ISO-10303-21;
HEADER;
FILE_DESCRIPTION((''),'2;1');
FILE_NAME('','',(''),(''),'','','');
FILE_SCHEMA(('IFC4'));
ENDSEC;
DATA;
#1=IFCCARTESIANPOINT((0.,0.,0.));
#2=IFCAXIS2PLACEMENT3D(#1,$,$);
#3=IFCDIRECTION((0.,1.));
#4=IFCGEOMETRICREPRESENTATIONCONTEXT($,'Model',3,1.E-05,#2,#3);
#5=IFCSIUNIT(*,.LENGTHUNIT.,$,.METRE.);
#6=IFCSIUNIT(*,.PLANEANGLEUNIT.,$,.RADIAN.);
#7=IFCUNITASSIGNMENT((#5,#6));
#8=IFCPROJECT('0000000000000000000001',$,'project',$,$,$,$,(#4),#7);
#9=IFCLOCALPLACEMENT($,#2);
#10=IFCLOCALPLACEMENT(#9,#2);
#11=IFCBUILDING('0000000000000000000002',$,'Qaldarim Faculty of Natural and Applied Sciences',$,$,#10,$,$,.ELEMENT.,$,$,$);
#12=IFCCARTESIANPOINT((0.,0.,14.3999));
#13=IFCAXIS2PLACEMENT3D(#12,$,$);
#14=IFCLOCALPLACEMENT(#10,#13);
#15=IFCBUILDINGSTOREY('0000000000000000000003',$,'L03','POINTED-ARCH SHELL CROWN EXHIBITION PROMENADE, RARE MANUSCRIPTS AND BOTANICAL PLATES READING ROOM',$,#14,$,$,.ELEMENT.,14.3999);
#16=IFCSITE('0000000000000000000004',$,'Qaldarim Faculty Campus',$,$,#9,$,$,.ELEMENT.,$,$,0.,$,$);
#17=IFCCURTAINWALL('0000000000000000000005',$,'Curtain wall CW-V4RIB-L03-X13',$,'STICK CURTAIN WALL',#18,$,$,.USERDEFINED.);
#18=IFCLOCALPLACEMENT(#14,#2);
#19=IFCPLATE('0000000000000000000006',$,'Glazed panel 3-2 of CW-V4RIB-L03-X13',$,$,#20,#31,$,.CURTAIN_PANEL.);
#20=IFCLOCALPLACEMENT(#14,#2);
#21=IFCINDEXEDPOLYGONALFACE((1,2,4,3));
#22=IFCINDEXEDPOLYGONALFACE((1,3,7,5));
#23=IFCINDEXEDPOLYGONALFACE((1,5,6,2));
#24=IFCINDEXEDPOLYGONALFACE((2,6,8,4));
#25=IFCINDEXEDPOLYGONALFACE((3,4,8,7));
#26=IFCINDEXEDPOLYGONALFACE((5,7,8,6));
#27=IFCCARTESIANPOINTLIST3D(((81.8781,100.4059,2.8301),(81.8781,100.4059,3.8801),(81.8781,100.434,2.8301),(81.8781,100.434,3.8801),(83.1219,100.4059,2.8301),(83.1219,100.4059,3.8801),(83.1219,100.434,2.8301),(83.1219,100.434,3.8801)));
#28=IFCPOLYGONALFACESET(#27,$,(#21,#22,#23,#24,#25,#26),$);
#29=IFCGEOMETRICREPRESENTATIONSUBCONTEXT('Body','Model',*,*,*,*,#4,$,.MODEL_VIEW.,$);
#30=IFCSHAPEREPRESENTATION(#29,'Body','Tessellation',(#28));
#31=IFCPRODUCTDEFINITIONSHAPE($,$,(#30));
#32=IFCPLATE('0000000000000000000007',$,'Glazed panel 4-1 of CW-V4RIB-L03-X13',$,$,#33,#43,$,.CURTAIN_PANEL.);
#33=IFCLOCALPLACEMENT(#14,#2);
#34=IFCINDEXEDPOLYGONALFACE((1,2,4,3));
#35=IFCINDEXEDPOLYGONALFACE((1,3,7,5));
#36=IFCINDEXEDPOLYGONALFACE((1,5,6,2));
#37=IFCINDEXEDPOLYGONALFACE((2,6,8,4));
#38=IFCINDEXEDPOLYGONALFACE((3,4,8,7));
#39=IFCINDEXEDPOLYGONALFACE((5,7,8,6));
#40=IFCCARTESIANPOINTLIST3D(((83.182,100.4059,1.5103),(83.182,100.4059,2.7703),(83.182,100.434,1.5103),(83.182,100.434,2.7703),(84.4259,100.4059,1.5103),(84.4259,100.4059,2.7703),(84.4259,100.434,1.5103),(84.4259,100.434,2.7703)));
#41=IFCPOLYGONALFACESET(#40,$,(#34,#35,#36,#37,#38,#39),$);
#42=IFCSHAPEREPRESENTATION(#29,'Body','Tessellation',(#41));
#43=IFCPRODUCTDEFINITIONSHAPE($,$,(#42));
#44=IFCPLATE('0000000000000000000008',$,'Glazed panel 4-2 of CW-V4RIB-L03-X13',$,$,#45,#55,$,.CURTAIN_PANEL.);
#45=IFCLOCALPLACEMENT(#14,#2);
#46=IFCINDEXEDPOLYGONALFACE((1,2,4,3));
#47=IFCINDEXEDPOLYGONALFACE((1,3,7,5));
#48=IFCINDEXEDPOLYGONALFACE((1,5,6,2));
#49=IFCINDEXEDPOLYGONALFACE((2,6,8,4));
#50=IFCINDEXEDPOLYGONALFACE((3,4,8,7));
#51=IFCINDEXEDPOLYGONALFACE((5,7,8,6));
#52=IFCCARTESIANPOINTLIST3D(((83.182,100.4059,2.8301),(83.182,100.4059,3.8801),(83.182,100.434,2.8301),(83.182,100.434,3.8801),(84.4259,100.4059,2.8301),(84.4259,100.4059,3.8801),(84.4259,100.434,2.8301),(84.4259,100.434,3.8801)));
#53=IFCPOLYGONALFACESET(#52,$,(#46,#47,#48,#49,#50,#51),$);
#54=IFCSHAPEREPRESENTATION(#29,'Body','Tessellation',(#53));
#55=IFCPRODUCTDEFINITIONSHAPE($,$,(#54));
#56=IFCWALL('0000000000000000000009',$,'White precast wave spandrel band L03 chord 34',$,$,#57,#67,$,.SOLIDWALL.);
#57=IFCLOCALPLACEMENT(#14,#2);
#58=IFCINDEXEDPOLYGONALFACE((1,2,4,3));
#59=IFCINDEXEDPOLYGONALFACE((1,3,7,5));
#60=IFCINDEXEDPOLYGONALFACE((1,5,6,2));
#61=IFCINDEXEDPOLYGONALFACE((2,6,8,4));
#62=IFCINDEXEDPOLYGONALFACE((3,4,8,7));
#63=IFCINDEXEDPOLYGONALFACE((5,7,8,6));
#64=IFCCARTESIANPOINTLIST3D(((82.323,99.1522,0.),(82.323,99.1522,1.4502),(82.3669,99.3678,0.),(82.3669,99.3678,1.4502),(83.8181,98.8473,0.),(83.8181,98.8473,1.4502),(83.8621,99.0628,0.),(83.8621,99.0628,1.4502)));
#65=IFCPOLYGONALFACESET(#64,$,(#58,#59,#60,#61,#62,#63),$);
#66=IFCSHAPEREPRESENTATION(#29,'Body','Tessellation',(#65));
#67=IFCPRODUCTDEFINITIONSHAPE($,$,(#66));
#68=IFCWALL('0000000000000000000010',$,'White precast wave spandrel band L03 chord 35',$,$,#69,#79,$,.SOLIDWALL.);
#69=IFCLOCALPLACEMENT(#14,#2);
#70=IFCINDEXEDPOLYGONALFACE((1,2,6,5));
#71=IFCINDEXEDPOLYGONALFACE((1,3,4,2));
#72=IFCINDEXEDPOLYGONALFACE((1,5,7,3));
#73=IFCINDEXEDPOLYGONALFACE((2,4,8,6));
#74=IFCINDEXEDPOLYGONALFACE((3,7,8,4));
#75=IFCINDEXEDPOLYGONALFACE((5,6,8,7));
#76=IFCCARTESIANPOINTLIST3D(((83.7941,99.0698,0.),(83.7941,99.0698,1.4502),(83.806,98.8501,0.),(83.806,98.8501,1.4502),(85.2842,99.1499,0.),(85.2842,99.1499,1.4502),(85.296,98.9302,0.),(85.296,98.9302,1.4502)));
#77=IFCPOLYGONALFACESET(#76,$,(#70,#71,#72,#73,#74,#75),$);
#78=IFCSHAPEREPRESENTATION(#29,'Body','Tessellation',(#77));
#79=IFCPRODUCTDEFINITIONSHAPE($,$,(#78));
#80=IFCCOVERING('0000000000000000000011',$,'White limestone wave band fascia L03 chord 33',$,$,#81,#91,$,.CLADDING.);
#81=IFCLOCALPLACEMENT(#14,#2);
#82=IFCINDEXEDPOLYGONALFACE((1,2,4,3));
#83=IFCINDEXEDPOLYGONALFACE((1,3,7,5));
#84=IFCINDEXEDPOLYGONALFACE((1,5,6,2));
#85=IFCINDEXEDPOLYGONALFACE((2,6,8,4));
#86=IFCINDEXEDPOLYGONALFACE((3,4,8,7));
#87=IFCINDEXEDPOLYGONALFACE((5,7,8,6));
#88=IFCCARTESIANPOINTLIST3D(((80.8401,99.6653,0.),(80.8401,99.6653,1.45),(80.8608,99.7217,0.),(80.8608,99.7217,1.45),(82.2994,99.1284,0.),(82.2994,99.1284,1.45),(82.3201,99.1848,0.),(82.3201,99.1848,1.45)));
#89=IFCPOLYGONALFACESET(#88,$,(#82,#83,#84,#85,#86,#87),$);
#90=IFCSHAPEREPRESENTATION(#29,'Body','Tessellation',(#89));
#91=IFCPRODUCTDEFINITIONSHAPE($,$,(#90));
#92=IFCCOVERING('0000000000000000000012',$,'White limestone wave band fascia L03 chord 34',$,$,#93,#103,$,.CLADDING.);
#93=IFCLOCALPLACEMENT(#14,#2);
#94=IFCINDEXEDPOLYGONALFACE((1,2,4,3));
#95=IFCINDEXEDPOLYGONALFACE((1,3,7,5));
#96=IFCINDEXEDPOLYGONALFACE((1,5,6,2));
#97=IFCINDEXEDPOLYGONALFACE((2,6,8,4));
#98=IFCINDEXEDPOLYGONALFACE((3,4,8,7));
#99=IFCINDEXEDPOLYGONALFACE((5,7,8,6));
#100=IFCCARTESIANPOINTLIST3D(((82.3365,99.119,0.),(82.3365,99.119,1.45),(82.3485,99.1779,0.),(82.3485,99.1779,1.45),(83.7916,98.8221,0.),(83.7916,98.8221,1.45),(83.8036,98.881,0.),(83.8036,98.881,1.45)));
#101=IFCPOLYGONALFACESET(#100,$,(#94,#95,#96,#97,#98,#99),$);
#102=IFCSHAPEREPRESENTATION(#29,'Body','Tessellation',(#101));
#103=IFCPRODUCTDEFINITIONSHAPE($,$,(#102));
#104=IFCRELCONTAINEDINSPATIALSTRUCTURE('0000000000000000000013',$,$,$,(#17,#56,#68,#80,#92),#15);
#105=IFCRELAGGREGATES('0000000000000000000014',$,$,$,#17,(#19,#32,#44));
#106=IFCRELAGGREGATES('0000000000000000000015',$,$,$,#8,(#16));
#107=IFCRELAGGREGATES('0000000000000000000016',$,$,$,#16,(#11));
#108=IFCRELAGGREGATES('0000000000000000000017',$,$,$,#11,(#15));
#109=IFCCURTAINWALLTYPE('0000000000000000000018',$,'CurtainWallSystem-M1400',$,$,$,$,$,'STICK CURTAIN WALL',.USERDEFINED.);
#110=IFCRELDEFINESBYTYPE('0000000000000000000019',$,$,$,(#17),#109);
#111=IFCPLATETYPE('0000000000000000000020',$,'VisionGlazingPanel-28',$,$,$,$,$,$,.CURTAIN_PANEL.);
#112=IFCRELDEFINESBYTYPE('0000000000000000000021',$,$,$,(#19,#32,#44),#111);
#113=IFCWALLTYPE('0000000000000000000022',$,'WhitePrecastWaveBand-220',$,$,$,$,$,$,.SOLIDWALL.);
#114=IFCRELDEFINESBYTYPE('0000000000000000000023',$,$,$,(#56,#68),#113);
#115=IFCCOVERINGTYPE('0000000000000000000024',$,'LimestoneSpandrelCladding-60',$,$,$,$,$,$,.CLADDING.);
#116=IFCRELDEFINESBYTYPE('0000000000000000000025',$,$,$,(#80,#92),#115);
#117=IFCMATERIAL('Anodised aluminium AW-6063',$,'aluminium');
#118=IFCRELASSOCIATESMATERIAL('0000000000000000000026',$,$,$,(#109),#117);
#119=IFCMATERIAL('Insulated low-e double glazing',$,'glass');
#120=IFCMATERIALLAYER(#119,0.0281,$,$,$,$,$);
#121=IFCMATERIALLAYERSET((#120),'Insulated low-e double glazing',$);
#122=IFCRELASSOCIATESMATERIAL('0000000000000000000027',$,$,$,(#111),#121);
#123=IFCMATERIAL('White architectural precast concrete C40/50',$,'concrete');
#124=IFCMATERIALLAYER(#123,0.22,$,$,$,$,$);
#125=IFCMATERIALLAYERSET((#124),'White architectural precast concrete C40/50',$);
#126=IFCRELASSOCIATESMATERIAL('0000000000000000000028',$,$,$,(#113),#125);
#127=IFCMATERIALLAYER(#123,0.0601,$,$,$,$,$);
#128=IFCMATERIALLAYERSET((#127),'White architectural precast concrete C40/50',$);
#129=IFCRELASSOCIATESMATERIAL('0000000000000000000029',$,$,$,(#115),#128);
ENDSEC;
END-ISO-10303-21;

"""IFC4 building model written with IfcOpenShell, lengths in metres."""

from ifc_helpers import new_model, si_unit, direction, frame, frame_2d, origin, origin_2d, place, context, subcontext, project, spatial, rectangle, extrude, material, layer, layer_set, type_object, element, aggregate, save


model = new_model("IFC4")

# Units and contexts
model_context = context("Model", 3, precision=1e-05, world=origin(), true_north=direction((0.0, 1.0)))
body_context = subcontext(model_context, "Body", "Model", "MODEL_VIEW")
ifc_project = project(units=[si_unit("LENGTHUNIT", "METRE"), si_unit("PLANEANGLEUNIT", "RADIAN")], contexts=[model_context])

# Site, building, storey
site_placement = place(None, origin())
site = spatial("IfcSite", under=ifc_project, at=site_placement, Name="Qaldarim Faculty Campus", CompositionType="ELEMENT", RefElevation=0.0)
building_placement = place(site_placement, origin())
building = spatial("IfcBuilding", under=site, at=building_placement, Name="Qaldarim Faculty of Natural and Applied Sciences", CompositionType="ELEMENT")
storey_placement = place(building_placement, frame((0.0, 0.0, 14.3999)))
storey = spatial("IfcBuildingStorey", under=building, at=storey_placement, Name="L03", Description="POINTED-ARCH SHELL CROWN EXHIBITION PROMENADE, RARE MANUSCRIPTS AND BOTANICAL PLATES READING ROOM", CompositionType="ELEMENT", Elevation=14.3999)

# Curtain wall, plates
ifc_material_1 = material(Name="Anodised aluminium AW-6063", Category="aluminium")
curtain_wall_type = type_object("IfcCurtainWallType", Name="CurtainWallSystem-M1400", ElementType="STICK CURTAIN WALL", PredefinedType="USERDEFINED", material=ifc_material_1)
curtain_wall_placement = place(storey_placement, origin())
curtain_wall = element("IfcCurtainWall", 1, at=curtain_wall_placement, inside=storey, type_object=curtain_wall_type, Name="Curtain wall CW-V4RIB-L03-X13", ObjectType="STICK CURTAIN WALL", PredefinedType="USERDEFINED")
ifc_material_2 = material(Name="Insulated low-e double glazing", Category="glass")
ifc_layer_1 = layer(ifc_material_2, 0.0281)
ifc_layer_set_1 = layer_set([ifc_layer_1], Name="Insulated low-e double glazing")
plate_type = type_object("IfcPlateType", Name="VisionGlazingPanel-28", PredefinedType="CURTAIN_PANEL", material=ifc_layer_set_1)
plate_1_placement = place(storey_placement, frame((82.5, 100.4199, 2.8301), z_axis=(0.0, 0.0, 1.0), x_axis=(1.0, 0.0, 0.0)))
plate_1 = element("IfcPlate", 2, at=plate_1_placement, type_object=plate_type, Name="Glazed panel 3-2 of CW-V4RIB-L03-X13", PredefinedType="CURTAIN_PANEL", context=body_context, shape_type="SweptSolid", body=[
    extrude(rectangle(XDim=1.2439, YDim=0.0281, at=origin_2d()), origin(), (0.0, 0.0, 1.0), 1.05),
])
plate_2_placement = place(storey_placement, frame((83.804, 100.4199, 1.5103), z_axis=(0.0, 0.0, 1.0), x_axis=(1.0, 0.0, 0.0)))
plate_2 = element("IfcPlate", 3, at=plate_2_placement, type_object=plate_type, Name="Glazed panel 4-1 of CW-V4RIB-L03-X13", PredefinedType="CURTAIN_PANEL", context=body_context, shape_type="SweptSolid", body=[
    extrude(rectangle(XDim=1.2439, YDim=0.0281, at=origin_2d()), origin(), (0.0, 0.0, 1.0), 1.26),
])
plate_3_placement = place(storey_placement, frame((83.804, 100.4199, 2.8301), z_axis=(0.0, 0.0, 1.0), x_axis=(1.0, 0.0, 0.0)))
plate_3 = element("IfcPlate", 4, at=plate_3_placement, type_object=plate_type, Name="Glazed panel 4-2 of CW-V4RIB-L03-X13", PredefinedType="CURTAIN_PANEL", context=body_context, shape_type="SweptSolid", body=[
    extrude(rectangle(XDim=1.2439, YDim=0.0281, at=origin_2d()), origin(), (0.0, 0.0, 1.0), 1.05),
])
aggregate(curtain_wall, [plate_1, plate_2, plate_3])

# Walls
ifc_material_3 = material(Name="White architectural precast concrete C40/50", Category="concrete")
ifc_layer_2 = layer(ifc_material_3, 0.22)
ifc_layer_set_2 = layer_set([ifc_layer_2], Name="White architectural precast concrete C40/50")
wall_type = type_object("IfcWallType", Name="WhitePrecastWaveBand-220", PredefinedType="SOLIDWALL", material=ifc_layer_set_2)
wall_1_placement = place(storey_placement, frame((82.345, 99.26, 0.0), z_axis=(0.0, 0.0, 1.0), x_axis=(0.979829, -0.199838, 0.0)))
element("IfcWall", 5, at=wall_1_placement, inside=storey, type_object=wall_type, Name="White precast wave spandrel band L03 chord 34", PredefinedType="SOLIDWALL", context=body_context, shape_type="SweptSolid", body=[
    extrude(rectangle(XDim=1.5259, YDim=0.22, at=frame_2d((0.7629, 0.0))), origin(), (0.0, 0.0, 1.0), 1.4502),
])
wall_2_placement = place(storey_placement, frame((83.8, 98.96, 0.0), z_axis=(0.0, 0.0, 1.0), x_axis=(0.998559, 0.053667, 0.0)))
element("IfcWall", 6, at=wall_2_placement, inside=storey, type_object=wall_type, Name="White precast wave spandrel band L03 chord 35", PredefinedType="SOLIDWALL", context=body_context, shape_type="SweptSolid", body=[
    extrude(rectangle(XDim=1.4922, YDim=0.22, at=frame_2d((0.7461, 0.0))), origin(), (0.0, 0.0, 1.0), 1.4502),
])

# Coverings
ifc_layer_3 = layer(ifc_material_3, 0.0601)
ifc_layer_set_3 = layer_set([ifc_layer_3], Name="White architectural precast concrete C40/50")
covering_type = type_object("IfcCoveringType", Name="LimestoneSpandrelCladding-60", PredefinedType="CLADDING", material=ifc_layer_set_3)
covering_1_placement = place(storey_placement, frame((81.5801, 99.425, 0.0), z_axis=(0.0, 0.0, 1.0), x_axis=(0.938505, -0.345265, 0.0)))
element("IfcCovering", 7, at=covering_1_placement, inside=storey, type_object=covering_type, Name="White limestone wave band fascia L03 chord 33", PredefinedType="CLADDING", context=body_context, shape_type="SweptSolid", body=[
    extrude(rectangle(XDim=1.5549, YDim=0.0601, at=origin_2d()), origin(), (0.0, 0.0, 1.0), 1.45),
])
covering_2_placement = place(storey_placement, frame((83.0701, 99.0, 0.0), z_axis=(0.0, 0.0, 1.0), x_axis=(0.979817, -0.199898, 0.0)))
element("IfcCovering", 8, at=covering_2_placement, inside=storey, type_object=covering_type, Name="White limestone wave band fascia L03 chord 34", PredefinedType="CLADDING", context=body_context, shape_type="SweptSolid", body=[
    extrude(rectangle(XDim=1.4851, YDim=0.0601, at=origin_2d()), origin(), (0.0, 0.0, 1.0), 1.45),
])

save(model, "model.ifc")
